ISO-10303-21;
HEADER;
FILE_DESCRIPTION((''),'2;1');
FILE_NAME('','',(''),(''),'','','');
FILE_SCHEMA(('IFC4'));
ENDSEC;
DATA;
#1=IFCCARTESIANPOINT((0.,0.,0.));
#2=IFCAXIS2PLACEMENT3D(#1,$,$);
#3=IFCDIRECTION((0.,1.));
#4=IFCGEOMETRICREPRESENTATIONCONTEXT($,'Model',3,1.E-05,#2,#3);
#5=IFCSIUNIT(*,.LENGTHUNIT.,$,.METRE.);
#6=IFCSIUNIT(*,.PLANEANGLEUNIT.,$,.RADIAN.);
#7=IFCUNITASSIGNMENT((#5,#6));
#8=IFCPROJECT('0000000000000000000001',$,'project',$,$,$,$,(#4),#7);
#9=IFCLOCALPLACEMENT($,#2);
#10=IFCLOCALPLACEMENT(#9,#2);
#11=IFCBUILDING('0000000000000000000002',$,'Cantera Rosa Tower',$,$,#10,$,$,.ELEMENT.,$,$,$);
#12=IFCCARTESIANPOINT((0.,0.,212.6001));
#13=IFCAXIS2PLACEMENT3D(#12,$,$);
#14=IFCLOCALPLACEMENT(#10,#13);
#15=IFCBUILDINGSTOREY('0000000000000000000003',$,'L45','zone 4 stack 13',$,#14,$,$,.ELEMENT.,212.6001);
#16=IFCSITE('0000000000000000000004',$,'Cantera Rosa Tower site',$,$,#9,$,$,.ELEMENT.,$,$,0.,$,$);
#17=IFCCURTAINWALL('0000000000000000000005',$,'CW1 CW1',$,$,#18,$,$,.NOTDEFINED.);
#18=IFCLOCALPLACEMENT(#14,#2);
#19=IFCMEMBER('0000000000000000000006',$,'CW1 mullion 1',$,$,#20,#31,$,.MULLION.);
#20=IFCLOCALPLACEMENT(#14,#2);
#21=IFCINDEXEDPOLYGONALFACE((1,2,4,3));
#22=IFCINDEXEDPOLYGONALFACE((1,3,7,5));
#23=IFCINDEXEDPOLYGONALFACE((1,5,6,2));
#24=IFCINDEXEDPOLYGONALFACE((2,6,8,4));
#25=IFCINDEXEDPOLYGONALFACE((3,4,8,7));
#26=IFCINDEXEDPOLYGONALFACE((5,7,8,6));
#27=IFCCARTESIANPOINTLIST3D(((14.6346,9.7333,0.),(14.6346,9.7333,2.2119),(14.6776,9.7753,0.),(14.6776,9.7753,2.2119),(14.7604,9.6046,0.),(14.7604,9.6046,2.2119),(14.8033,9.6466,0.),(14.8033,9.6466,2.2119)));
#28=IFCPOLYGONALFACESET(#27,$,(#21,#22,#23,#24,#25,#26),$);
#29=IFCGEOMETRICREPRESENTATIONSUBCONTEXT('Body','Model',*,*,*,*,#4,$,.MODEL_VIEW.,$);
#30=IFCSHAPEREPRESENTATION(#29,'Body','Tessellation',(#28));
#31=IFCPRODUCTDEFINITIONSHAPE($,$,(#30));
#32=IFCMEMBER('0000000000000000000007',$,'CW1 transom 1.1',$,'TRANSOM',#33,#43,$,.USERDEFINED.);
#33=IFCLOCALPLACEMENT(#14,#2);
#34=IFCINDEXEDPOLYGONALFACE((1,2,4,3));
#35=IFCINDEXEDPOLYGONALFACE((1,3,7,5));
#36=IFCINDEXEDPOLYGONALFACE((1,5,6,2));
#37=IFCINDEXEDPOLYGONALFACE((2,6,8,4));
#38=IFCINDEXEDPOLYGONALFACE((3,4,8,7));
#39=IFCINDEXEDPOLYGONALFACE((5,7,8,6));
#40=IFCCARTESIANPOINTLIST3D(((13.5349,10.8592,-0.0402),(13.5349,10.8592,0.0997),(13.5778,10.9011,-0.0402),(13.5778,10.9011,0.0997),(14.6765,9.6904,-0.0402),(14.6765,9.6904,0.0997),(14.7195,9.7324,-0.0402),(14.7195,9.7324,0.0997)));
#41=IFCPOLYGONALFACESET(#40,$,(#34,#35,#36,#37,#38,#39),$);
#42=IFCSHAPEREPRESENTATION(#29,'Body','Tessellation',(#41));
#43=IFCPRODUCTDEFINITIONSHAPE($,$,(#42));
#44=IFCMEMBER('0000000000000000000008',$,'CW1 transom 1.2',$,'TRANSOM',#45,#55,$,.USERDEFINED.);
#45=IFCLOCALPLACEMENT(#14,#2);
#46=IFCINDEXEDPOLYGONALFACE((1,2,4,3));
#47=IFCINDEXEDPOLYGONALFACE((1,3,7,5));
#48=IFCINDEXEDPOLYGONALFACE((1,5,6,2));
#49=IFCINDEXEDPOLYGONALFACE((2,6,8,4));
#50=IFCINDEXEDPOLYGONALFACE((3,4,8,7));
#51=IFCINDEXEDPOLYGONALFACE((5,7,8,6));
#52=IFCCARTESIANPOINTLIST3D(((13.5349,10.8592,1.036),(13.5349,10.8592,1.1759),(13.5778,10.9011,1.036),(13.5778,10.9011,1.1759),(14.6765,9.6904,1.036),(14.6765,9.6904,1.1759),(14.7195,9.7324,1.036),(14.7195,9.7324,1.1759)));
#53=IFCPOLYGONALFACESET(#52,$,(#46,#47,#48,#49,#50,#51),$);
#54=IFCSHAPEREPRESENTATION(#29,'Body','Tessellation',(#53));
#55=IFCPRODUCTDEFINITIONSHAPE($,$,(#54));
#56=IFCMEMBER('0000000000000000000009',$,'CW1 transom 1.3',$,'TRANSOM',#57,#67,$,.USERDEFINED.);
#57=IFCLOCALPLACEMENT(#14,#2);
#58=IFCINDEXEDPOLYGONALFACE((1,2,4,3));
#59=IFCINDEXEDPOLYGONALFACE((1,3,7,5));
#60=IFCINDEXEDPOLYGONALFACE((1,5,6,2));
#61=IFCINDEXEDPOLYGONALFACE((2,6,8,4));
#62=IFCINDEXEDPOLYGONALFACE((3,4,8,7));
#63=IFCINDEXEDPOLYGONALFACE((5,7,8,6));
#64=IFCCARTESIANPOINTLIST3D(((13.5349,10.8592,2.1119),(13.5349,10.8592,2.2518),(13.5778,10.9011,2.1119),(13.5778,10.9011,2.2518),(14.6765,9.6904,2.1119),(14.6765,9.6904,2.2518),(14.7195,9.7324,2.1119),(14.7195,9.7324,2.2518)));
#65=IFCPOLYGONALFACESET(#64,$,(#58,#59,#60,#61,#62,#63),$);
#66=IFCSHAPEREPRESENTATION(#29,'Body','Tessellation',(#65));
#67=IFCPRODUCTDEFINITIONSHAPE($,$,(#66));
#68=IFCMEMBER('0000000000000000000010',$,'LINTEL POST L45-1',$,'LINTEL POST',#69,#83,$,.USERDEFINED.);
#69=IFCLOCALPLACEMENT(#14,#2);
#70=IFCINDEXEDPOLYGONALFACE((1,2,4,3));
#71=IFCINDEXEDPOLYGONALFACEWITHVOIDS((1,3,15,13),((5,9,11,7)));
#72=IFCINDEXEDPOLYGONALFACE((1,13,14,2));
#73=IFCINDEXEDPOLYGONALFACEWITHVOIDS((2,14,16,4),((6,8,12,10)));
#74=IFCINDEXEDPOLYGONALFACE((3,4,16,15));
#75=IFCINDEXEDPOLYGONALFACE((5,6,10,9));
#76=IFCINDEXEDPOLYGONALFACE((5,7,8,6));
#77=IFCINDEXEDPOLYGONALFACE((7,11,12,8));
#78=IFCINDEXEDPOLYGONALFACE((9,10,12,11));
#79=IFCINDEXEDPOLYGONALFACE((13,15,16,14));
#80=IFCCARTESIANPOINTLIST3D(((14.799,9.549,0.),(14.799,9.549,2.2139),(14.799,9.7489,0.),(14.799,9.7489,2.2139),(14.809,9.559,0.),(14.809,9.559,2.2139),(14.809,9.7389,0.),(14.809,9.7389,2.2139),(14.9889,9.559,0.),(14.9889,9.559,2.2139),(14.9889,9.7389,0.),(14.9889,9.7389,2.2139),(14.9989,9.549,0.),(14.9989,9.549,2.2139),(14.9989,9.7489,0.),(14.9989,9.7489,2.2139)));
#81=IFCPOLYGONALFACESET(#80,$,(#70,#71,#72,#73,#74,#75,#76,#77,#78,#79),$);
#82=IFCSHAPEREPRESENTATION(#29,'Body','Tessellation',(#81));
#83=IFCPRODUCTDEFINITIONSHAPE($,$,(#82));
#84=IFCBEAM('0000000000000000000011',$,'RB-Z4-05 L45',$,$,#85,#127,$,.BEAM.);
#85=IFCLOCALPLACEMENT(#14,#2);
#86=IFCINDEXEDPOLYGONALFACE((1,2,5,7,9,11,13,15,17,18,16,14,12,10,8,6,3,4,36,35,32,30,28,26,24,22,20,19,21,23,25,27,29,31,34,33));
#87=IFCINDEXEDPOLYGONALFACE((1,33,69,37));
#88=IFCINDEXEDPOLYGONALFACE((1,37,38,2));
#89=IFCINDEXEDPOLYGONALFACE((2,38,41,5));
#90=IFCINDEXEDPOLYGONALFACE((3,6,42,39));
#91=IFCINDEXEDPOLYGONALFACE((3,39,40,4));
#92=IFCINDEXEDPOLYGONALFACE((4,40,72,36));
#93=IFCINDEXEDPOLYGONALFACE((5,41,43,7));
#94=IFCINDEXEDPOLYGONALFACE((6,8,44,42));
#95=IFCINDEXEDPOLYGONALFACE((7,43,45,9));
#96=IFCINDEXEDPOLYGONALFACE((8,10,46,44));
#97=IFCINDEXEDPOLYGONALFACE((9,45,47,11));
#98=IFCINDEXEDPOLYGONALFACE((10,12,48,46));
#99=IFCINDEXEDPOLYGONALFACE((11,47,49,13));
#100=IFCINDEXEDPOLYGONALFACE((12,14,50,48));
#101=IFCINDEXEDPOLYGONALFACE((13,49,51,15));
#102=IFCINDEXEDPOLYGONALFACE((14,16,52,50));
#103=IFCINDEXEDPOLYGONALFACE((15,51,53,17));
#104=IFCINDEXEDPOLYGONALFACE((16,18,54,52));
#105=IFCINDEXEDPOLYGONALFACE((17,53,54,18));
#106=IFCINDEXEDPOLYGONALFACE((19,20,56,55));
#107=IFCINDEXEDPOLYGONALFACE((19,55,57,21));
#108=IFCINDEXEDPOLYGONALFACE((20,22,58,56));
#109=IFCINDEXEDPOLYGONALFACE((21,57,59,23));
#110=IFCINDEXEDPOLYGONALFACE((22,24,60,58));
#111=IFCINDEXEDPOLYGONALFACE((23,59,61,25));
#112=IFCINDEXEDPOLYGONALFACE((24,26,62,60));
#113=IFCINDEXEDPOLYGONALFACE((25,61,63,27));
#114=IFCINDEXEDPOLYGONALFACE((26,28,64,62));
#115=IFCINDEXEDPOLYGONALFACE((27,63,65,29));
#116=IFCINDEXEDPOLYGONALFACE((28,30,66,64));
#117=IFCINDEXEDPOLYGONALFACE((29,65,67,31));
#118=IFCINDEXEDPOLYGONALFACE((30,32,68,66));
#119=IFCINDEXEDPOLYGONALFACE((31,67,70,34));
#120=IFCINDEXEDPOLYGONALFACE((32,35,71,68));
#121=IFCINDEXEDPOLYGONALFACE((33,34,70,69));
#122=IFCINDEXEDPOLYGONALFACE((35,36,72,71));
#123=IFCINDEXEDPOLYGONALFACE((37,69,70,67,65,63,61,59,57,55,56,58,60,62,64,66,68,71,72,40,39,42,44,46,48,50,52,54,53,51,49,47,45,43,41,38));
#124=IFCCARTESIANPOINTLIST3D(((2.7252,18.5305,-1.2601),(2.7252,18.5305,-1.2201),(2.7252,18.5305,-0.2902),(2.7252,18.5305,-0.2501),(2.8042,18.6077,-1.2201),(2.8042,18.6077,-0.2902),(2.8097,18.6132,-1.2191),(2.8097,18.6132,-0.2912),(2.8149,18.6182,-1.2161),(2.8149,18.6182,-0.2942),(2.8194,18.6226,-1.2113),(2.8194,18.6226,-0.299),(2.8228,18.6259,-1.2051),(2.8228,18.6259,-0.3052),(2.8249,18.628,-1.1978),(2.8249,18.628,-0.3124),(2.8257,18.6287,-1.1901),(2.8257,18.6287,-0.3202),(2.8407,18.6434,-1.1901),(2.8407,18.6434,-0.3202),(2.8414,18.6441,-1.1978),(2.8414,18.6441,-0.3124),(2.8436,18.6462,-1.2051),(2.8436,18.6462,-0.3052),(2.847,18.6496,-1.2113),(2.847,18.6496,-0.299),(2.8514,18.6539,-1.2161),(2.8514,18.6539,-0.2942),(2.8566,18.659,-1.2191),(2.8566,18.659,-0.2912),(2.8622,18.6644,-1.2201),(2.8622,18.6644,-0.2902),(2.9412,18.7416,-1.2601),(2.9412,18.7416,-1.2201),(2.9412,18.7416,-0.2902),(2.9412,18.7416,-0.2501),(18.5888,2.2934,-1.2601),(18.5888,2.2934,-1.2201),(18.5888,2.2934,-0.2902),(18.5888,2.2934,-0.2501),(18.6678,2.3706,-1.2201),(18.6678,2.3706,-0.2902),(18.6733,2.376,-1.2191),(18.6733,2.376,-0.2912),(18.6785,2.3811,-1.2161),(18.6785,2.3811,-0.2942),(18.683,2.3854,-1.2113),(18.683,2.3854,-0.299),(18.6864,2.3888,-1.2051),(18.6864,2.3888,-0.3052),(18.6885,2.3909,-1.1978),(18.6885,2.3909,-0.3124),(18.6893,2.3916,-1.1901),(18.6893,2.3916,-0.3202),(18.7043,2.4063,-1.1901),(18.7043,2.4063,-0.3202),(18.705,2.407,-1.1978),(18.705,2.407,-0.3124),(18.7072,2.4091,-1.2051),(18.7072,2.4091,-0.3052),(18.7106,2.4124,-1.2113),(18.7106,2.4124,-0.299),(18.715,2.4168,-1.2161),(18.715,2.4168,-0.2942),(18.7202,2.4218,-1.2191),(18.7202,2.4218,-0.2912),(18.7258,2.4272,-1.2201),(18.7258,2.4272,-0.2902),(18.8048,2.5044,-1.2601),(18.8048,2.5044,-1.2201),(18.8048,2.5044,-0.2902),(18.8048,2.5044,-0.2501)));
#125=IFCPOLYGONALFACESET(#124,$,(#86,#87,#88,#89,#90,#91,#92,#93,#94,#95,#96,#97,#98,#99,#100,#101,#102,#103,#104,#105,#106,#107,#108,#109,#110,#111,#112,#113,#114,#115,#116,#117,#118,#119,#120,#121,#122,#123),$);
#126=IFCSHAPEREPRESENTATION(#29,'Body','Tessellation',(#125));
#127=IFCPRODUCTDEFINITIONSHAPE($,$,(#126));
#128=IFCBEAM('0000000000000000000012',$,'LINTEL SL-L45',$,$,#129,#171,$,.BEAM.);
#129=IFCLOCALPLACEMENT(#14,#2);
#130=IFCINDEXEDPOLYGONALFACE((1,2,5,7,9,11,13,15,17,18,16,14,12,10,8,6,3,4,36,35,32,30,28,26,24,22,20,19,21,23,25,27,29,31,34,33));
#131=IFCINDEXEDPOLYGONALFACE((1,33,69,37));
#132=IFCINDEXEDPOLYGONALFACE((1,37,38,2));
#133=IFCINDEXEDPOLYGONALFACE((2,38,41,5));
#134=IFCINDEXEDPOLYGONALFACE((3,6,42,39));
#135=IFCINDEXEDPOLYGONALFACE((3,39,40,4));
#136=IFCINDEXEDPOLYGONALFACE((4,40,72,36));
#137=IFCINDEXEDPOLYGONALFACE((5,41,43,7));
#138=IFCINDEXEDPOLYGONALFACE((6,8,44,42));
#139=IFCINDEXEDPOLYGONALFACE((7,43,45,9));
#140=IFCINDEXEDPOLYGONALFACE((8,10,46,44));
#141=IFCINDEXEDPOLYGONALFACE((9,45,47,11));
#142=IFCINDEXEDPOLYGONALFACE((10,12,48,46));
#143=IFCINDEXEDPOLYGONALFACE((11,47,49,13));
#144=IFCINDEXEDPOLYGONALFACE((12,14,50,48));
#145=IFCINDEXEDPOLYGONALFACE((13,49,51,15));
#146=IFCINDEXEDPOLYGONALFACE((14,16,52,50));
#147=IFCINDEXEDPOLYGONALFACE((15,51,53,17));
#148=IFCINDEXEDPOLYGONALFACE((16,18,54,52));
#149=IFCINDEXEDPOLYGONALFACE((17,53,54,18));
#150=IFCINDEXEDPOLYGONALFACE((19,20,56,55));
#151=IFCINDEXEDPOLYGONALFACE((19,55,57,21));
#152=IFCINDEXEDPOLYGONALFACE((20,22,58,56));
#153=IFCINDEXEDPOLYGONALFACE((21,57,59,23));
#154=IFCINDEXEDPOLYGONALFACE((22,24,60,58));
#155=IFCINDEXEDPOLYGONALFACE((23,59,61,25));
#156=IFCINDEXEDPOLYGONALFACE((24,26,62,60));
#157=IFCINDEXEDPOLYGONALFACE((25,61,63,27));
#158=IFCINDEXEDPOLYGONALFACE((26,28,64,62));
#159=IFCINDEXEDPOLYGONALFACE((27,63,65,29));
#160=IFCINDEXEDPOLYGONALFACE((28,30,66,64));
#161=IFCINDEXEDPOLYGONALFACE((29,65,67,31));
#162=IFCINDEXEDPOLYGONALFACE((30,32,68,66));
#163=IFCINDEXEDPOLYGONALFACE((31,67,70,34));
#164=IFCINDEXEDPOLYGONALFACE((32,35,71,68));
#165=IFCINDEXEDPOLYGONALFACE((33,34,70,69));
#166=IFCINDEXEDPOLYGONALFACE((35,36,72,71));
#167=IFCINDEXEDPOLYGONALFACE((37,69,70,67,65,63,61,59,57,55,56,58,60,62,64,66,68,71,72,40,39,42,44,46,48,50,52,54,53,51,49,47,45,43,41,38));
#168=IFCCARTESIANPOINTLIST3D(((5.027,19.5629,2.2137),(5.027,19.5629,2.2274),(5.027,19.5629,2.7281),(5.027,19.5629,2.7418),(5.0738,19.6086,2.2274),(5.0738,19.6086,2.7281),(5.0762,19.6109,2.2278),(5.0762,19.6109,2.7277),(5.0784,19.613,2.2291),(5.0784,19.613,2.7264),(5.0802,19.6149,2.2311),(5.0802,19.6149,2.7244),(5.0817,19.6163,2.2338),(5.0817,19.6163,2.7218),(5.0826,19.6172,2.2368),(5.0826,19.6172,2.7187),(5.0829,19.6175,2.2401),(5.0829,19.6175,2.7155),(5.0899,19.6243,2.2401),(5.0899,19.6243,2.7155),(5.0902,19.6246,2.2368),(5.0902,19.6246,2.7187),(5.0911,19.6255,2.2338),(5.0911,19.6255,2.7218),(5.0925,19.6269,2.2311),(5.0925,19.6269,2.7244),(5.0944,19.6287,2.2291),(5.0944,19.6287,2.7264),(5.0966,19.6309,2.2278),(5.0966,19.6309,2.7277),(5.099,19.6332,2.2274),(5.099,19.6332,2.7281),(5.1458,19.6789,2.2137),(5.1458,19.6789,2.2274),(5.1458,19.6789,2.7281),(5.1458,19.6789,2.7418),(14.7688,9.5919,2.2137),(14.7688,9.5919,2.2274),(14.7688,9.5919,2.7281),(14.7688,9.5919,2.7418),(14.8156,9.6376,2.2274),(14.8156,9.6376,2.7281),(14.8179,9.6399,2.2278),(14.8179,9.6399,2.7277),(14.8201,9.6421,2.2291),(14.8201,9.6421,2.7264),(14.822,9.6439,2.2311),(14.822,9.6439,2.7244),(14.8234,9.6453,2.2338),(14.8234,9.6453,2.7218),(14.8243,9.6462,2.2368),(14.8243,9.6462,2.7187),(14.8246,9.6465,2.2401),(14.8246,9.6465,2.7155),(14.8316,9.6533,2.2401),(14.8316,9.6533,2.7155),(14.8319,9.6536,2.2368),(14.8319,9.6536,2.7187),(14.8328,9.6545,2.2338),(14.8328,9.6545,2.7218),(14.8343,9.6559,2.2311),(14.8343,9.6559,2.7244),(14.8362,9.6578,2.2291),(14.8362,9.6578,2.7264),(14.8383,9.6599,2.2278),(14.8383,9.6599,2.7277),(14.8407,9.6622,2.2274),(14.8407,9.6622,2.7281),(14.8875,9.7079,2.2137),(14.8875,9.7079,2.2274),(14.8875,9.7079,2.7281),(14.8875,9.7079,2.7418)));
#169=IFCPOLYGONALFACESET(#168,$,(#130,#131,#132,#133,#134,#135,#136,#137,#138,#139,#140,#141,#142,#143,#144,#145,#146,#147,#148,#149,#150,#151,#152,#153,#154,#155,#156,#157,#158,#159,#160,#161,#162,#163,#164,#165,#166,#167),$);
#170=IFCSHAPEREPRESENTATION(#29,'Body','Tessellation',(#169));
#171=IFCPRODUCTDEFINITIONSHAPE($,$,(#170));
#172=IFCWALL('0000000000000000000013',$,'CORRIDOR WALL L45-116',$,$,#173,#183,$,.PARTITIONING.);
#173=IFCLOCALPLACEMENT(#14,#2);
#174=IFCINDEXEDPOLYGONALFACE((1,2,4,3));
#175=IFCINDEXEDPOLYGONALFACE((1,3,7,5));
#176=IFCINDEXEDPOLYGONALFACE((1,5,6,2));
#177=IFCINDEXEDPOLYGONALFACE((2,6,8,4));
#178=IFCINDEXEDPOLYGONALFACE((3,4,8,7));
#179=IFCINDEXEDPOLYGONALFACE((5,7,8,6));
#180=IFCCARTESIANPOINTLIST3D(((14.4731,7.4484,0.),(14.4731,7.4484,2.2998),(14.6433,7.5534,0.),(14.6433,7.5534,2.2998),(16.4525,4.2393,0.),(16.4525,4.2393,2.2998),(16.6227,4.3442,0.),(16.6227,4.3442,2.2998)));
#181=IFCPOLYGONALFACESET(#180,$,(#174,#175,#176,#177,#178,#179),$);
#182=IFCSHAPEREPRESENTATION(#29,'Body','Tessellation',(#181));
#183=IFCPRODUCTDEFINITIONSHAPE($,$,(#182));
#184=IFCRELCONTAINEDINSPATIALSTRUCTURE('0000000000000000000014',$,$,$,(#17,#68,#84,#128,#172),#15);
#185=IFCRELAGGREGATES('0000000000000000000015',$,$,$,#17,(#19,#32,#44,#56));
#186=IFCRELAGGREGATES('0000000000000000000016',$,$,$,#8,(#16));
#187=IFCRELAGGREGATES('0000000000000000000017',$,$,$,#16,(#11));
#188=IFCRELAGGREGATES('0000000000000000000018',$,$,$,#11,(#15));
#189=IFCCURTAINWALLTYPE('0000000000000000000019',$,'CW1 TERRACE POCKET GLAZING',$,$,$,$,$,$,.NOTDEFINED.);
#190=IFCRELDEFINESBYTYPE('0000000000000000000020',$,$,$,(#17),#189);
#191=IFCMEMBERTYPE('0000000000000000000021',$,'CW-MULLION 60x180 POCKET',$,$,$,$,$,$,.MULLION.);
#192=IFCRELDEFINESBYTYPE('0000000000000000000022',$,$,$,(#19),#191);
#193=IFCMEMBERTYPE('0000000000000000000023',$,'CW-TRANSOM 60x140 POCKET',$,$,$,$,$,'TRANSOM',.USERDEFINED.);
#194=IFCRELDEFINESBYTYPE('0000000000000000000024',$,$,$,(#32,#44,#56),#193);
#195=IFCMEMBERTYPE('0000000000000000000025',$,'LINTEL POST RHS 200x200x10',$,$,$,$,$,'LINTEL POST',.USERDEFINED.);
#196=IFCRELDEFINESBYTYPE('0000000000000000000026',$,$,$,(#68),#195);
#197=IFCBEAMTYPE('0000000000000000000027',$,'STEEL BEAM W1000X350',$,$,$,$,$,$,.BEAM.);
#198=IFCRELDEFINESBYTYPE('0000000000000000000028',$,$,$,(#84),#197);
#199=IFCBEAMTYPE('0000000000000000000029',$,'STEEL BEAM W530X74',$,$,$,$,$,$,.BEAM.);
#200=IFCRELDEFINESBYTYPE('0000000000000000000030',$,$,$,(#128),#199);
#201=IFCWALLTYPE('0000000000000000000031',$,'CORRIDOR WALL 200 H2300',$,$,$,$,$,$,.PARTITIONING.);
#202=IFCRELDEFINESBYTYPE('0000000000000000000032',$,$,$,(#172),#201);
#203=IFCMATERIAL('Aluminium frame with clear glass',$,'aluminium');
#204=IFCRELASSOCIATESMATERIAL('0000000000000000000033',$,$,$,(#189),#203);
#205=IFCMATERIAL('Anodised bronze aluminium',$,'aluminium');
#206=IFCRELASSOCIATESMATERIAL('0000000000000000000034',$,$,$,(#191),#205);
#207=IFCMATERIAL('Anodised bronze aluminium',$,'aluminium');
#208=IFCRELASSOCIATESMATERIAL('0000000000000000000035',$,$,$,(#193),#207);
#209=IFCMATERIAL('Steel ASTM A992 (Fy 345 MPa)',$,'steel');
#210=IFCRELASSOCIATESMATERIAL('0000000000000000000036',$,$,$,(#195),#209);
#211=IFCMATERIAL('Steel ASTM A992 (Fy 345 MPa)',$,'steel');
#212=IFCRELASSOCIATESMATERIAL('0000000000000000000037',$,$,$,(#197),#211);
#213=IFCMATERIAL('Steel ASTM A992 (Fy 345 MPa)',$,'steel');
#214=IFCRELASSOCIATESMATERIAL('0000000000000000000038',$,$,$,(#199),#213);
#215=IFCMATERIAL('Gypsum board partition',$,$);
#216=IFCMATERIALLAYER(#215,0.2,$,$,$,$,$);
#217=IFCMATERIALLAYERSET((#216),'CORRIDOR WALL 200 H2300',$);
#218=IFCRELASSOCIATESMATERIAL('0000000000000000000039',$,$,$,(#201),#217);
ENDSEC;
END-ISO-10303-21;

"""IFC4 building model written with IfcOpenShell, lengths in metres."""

from ifc_helpers import new_model, si_unit, direction, frame, frame_2d, origin, origin_2d, place, context, subcontext, project, spatial, rectangle, hollow_rectangle, i_section, extrude, material, layer, layer_set, material_profile, profile_set, type_object, element, aggregate, save


model = new_model("IFC4")

# Units and contexts
model_context = context("Model", 3, precision=1e-05, world=origin(), true_north=direction((0.0, 1.0)))
body_context = subcontext(model_context, "Body", "Model", "MODEL_VIEW")
ifc_project = project(units=[si_unit("LENGTHUNIT", "METRE"), si_unit("PLANEANGLEUNIT", "RADIAN")], contexts=[model_context])

# Site, building, storey
site_placement = place(None, origin())
site = spatial("IfcSite", under=ifc_project, at=site_placement, Name="Cantera Rosa Tower site", CompositionType="ELEMENT", RefElevation=0.0)
building_placement = place(site_placement, origin())
building = spatial("IfcBuilding", under=site, at=building_placement, Name="Cantera Rosa Tower", CompositionType="ELEMENT")
storey_placement = place(building_placement, frame((0.0, 0.0, 212.6001)))
storey = spatial("IfcBuildingStorey", under=building, at=storey_placement, Name="L45", Description="zone 4 stack 13", CompositionType="ELEMENT", Elevation=212.6001)

# Curtain wall, members
ifc_material_1 = material(Name="Aluminium frame with clear glass", Category="aluminium")
curtain_wall_type = type_object("IfcCurtainWallType", Name="CW1 TERRACE POCKET GLAZING", PredefinedType="NOTDEFINED", material=ifc_material_1)
curtain_wall_placement = place(storey_placement, origin())
curtain_wall = element("IfcCurtainWall", 1, at=curtain_wall_placement, inside=storey, type_object=curtain_wall_type, Name="CW1 CW1", PredefinedType="NOTDEFINED")
ifc_material_2 = material(Name="Anodised bronze aluminium", Category="aluminium")
ifc_material_profile_1 = material_profile(ifc_material_2, rectangle(XDim=0.0601, YDim=0.1799, at=origin_2d()), Name="CW-MULLION 60x180 POCKET")
ifc_profile_set_1 = profile_set([ifc_material_profile_1], Name="Anodised bronze aluminium")
member_type_1 = type_object("IfcMemberType", Name="CW-MULLION 60x180 POCKET", PredefinedType="MULLION", material=ifc_profile_set_1)
member_1_placement = place(storey_placement, frame((14.719, 9.6899, 0.0), z_axis=(0.0, 0.0, 1.0), x_axis=(-0.715286, -0.698832, 0.0)))
member_1 = element("IfcMember", 2, at=member_1_placement, type_object=member_type_1, Name="CW1 mullion 1", PredefinedType="MULLION", context=body_context, shape_type="SweptSolid", body=[
    extrude(rectangle(XDim=0.0601, YDim=0.1799, at=origin_2d()), origin(), (0.0, 0.0, 1.0), 2.2119),
])
ifc_material_3 = material(Name="Anodised bronze aluminium", Category="aluminium")
ifc_material_profile_2 = material_profile(ifc_material_3, rectangle(XDim=0.0601, YDim=0.1399, at=origin_2d()), Name="CW-TRANSOM 60x140 POCKET")
ifc_profile_set_2 = profile_set([ifc_material_profile_2], Name="Anodised bronze aluminium")
member_type_2 = type_object("IfcMemberType", Name="CW-TRANSOM 60x140 POCKET", ElementType="TRANSOM", PredefinedType="USERDEFINED", material=ifc_profile_set_2)
member_2_placement = place(storey_placement, frame((14.698, 9.7114, 0.0298), z_axis=(-0.698764, 0.715352, 0.0), x_axis=(-0.715352, -0.698764, 0.0)))
member_2 = element("IfcMember", 3, at=member_2_placement, type_object=member_type_2, Name="CW1 transom 1.1", ObjectType="TRANSOM", PredefinedType="USERDEFINED", context=body_context, shape_type="SweptSolid", body=[
    extrude(rectangle(XDim=0.0601, YDim=0.1399, at=origin_2d()), origin(), (0.0, 0.0, 1.0), 1.6338),
])
member_3_placement = place(storey_placement, frame((14.698, 9.7114, 1.106), z_axis=(-0.698764, 0.715352, 0.0), x_axis=(-0.715352, -0.698764, 0.0)))
member_3 = element("IfcMember", 4, at=member_3_placement, type_object=member_type_2, Name="CW1 transom 1.2", ObjectType="TRANSOM", PredefinedType="USERDEFINED", context=body_context, shape_type="SweptSolid", body=[
    extrude(rectangle(XDim=0.0601, YDim=0.1399, at=origin_2d()), origin(), (0.0, 0.0, 1.0), 1.6338),
])
member_4_placement = place(storey_placement, frame((14.698, 9.7114, 2.1819), z_axis=(-0.698764, 0.715352, 0.0), x_axis=(-0.715352, -0.698764, 0.0)))
member_4 = element("IfcMember", 5, at=member_4_placement, type_object=member_type_2, Name="CW1 transom 1.3", ObjectType="TRANSOM", PredefinedType="USERDEFINED", context=body_context, shape_type="SweptSolid", body=[
    extrude(rectangle(XDim=0.0601, YDim=0.1399, at=origin_2d()), origin(), (0.0, 0.0, 1.0), 1.6338),
])
aggregate(curtain_wall, [member_1, member_2, member_3, member_4])

# Member
ifc_material_4 = material(Name="Steel ASTM A992 (Fy 345 MPa)", Category="steel")
ifc_material_profile_3 = material_profile(ifc_material_4, hollow_rectangle(XDim=0.2, YDim=0.2, WallThickness=0.01, at=origin_2d()), Name="LINTEL POST RHS 200x200x10")
ifc_profile_set_3 = profile_set([ifc_material_profile_3], Name="Steel ASTM A992 (Fy 345 MPa)")
member_type_3 = type_object("IfcMemberType", Name="LINTEL POST RHS 200x200x10", ElementType="LINTEL POST", PredefinedType="USERDEFINED", material=ifc_profile_set_3)
member_5_placement = place(storey_placement, frame((14.8989, 9.6489, 0.0), z_axis=(0.0, 0.0, 1.0), x_axis=(1.0, 0.0, 0.0)))
element("IfcMember", 6, at=member_5_placement, inside=storey, type_object=member_type_3, Name="LINTEL POST L45-1", ObjectType="LINTEL POST", PredefinedType="USERDEFINED", context=body_context, shape_type="SweptSolid", body=[
    extrude(hollow_rectangle(XDim=0.2, YDim=0.2, WallThickness=0.01, at=origin_2d()), origin(), (0.0, 0.0, 1.0), 2.2139),
])

# Beams
ifc_material_5 = material(Name="Steel ASTM A992 (Fy 345 MPa)", Category="steel")
ifc_material_profile_4 = material_profile(ifc_material_5, i_section(OverallWidth=0.302, OverallDepth=1.01, WebThickness=0.021, FlangeThickness=0.04, FilletRadius=0.03, at=origin_2d()), Name="W1000X350")
ifc_profile_set_4 = profile_set([ifc_material_profile_4], Name="Steel ASTM A992 (Fy 345 MPa)")
beam_type_1 = type_object("IfcBeamType", Name="STEEL BEAM W1000X350", PredefinedType="BEAM", material=ifc_profile_set_4)
beam_1_placement = place(storey_placement, frame((18.6968, 2.3989, -0.7551), z_axis=(-0.698831, 0.715287, 0.0), x_axis=(-0.715287, -0.698831, 0.0)))
element("IfcBeam", 7, at=beam_1_placement, inside=storey, type_object=beam_type_1, Name="RB-Z4-05 L45", PredefinedType="BEAM", context=body_context, shape_type="SweptSolid", body=[
    extrude(i_section(OverallWidth=0.302, OverallDepth=1.01, WebThickness=0.021, FlangeThickness=0.04, FilletRadius=0.03, at=origin_2d()), origin(), (0.0, 0.0, 1.0), 22.7002),
])
ifc_material_6 = material(Name="Steel ASTM A992 (Fy 345 MPa)", Category="steel")
ifc_material_profile_5 = material_profile(ifc_material_6, i_section(OverallWidth=0.166, OverallDepth=0.5281, WebThickness=0.0098, FlangeThickness=0.0137, FilletRadius=0.0127, at=origin_2d()), Name="W530X74")
ifc_profile_set_5 = profile_set([ifc_material_profile_5], Name="Steel ASTM A992 (Fy 345 MPa)")
beam_type_2 = type_object("IfcBeamType", Name="STEEL BEAM W530X74", PredefinedType="BEAM", material=ifc_profile_set_5)
beam_2_placement = place(storey_placement, frame((14.8281, 9.6499, 2.4778), z_axis=(-0.698836, 0.715282, 0.0), x_axis=(-0.715282, -0.698836, 0.0)))
element("IfcBeam", 8, at=beam_2_placement, inside=storey, type_object=beam_type_2, Name="LINTEL SL-L45", PredefinedType="BEAM", context=body_context, shape_type="SweptSolid", body=[
    extrude(i_section(OverallWidth=0.166, OverallDepth=0.5281, WebThickness=0.0098, FlangeThickness=0.0137, FilletRadius=0.0127, at=origin_2d()), origin(), (0.0, 0.0, 1.0), 13.9399),
])

# Wall
ifc_material_7 = material(Name="Gypsum board partition")
ifc_layer_1 = layer(ifc_material_7, 0.2)
ifc_layer_set_1 = layer_set([ifc_layer_1], Name="CORRIDOR WALL 200 H2300")
wall_type_1 = type_object("IfcWallType", Name="CORRIDOR WALL 200 H2300", PredefinedType="PARTITIONING", material=ifc_layer_set_1)
wall_1_placement = place(storey_placement, frame((16.5376, 4.2917, 0.0), z_axis=(0.0, 0.0, 1.0), x_axis=(-0.524979, 0.851115, 0.0)))
element("IfcWall", 9, at=wall_1_placement, inside=storey, type_object=wall_type_1, Name="CORRIDOR WALL L45-116", PredefinedType="PARTITIONING", context=body_context, shape_type="SweptSolid", body=[
    extrude(rectangle(XDim=3.7705, YDim=0.2, at=frame_2d((1.8853, 0.0))), origin(), (0.0, 0.0, 1.0), 2.2998),
])

save(model, "model.ifc")
